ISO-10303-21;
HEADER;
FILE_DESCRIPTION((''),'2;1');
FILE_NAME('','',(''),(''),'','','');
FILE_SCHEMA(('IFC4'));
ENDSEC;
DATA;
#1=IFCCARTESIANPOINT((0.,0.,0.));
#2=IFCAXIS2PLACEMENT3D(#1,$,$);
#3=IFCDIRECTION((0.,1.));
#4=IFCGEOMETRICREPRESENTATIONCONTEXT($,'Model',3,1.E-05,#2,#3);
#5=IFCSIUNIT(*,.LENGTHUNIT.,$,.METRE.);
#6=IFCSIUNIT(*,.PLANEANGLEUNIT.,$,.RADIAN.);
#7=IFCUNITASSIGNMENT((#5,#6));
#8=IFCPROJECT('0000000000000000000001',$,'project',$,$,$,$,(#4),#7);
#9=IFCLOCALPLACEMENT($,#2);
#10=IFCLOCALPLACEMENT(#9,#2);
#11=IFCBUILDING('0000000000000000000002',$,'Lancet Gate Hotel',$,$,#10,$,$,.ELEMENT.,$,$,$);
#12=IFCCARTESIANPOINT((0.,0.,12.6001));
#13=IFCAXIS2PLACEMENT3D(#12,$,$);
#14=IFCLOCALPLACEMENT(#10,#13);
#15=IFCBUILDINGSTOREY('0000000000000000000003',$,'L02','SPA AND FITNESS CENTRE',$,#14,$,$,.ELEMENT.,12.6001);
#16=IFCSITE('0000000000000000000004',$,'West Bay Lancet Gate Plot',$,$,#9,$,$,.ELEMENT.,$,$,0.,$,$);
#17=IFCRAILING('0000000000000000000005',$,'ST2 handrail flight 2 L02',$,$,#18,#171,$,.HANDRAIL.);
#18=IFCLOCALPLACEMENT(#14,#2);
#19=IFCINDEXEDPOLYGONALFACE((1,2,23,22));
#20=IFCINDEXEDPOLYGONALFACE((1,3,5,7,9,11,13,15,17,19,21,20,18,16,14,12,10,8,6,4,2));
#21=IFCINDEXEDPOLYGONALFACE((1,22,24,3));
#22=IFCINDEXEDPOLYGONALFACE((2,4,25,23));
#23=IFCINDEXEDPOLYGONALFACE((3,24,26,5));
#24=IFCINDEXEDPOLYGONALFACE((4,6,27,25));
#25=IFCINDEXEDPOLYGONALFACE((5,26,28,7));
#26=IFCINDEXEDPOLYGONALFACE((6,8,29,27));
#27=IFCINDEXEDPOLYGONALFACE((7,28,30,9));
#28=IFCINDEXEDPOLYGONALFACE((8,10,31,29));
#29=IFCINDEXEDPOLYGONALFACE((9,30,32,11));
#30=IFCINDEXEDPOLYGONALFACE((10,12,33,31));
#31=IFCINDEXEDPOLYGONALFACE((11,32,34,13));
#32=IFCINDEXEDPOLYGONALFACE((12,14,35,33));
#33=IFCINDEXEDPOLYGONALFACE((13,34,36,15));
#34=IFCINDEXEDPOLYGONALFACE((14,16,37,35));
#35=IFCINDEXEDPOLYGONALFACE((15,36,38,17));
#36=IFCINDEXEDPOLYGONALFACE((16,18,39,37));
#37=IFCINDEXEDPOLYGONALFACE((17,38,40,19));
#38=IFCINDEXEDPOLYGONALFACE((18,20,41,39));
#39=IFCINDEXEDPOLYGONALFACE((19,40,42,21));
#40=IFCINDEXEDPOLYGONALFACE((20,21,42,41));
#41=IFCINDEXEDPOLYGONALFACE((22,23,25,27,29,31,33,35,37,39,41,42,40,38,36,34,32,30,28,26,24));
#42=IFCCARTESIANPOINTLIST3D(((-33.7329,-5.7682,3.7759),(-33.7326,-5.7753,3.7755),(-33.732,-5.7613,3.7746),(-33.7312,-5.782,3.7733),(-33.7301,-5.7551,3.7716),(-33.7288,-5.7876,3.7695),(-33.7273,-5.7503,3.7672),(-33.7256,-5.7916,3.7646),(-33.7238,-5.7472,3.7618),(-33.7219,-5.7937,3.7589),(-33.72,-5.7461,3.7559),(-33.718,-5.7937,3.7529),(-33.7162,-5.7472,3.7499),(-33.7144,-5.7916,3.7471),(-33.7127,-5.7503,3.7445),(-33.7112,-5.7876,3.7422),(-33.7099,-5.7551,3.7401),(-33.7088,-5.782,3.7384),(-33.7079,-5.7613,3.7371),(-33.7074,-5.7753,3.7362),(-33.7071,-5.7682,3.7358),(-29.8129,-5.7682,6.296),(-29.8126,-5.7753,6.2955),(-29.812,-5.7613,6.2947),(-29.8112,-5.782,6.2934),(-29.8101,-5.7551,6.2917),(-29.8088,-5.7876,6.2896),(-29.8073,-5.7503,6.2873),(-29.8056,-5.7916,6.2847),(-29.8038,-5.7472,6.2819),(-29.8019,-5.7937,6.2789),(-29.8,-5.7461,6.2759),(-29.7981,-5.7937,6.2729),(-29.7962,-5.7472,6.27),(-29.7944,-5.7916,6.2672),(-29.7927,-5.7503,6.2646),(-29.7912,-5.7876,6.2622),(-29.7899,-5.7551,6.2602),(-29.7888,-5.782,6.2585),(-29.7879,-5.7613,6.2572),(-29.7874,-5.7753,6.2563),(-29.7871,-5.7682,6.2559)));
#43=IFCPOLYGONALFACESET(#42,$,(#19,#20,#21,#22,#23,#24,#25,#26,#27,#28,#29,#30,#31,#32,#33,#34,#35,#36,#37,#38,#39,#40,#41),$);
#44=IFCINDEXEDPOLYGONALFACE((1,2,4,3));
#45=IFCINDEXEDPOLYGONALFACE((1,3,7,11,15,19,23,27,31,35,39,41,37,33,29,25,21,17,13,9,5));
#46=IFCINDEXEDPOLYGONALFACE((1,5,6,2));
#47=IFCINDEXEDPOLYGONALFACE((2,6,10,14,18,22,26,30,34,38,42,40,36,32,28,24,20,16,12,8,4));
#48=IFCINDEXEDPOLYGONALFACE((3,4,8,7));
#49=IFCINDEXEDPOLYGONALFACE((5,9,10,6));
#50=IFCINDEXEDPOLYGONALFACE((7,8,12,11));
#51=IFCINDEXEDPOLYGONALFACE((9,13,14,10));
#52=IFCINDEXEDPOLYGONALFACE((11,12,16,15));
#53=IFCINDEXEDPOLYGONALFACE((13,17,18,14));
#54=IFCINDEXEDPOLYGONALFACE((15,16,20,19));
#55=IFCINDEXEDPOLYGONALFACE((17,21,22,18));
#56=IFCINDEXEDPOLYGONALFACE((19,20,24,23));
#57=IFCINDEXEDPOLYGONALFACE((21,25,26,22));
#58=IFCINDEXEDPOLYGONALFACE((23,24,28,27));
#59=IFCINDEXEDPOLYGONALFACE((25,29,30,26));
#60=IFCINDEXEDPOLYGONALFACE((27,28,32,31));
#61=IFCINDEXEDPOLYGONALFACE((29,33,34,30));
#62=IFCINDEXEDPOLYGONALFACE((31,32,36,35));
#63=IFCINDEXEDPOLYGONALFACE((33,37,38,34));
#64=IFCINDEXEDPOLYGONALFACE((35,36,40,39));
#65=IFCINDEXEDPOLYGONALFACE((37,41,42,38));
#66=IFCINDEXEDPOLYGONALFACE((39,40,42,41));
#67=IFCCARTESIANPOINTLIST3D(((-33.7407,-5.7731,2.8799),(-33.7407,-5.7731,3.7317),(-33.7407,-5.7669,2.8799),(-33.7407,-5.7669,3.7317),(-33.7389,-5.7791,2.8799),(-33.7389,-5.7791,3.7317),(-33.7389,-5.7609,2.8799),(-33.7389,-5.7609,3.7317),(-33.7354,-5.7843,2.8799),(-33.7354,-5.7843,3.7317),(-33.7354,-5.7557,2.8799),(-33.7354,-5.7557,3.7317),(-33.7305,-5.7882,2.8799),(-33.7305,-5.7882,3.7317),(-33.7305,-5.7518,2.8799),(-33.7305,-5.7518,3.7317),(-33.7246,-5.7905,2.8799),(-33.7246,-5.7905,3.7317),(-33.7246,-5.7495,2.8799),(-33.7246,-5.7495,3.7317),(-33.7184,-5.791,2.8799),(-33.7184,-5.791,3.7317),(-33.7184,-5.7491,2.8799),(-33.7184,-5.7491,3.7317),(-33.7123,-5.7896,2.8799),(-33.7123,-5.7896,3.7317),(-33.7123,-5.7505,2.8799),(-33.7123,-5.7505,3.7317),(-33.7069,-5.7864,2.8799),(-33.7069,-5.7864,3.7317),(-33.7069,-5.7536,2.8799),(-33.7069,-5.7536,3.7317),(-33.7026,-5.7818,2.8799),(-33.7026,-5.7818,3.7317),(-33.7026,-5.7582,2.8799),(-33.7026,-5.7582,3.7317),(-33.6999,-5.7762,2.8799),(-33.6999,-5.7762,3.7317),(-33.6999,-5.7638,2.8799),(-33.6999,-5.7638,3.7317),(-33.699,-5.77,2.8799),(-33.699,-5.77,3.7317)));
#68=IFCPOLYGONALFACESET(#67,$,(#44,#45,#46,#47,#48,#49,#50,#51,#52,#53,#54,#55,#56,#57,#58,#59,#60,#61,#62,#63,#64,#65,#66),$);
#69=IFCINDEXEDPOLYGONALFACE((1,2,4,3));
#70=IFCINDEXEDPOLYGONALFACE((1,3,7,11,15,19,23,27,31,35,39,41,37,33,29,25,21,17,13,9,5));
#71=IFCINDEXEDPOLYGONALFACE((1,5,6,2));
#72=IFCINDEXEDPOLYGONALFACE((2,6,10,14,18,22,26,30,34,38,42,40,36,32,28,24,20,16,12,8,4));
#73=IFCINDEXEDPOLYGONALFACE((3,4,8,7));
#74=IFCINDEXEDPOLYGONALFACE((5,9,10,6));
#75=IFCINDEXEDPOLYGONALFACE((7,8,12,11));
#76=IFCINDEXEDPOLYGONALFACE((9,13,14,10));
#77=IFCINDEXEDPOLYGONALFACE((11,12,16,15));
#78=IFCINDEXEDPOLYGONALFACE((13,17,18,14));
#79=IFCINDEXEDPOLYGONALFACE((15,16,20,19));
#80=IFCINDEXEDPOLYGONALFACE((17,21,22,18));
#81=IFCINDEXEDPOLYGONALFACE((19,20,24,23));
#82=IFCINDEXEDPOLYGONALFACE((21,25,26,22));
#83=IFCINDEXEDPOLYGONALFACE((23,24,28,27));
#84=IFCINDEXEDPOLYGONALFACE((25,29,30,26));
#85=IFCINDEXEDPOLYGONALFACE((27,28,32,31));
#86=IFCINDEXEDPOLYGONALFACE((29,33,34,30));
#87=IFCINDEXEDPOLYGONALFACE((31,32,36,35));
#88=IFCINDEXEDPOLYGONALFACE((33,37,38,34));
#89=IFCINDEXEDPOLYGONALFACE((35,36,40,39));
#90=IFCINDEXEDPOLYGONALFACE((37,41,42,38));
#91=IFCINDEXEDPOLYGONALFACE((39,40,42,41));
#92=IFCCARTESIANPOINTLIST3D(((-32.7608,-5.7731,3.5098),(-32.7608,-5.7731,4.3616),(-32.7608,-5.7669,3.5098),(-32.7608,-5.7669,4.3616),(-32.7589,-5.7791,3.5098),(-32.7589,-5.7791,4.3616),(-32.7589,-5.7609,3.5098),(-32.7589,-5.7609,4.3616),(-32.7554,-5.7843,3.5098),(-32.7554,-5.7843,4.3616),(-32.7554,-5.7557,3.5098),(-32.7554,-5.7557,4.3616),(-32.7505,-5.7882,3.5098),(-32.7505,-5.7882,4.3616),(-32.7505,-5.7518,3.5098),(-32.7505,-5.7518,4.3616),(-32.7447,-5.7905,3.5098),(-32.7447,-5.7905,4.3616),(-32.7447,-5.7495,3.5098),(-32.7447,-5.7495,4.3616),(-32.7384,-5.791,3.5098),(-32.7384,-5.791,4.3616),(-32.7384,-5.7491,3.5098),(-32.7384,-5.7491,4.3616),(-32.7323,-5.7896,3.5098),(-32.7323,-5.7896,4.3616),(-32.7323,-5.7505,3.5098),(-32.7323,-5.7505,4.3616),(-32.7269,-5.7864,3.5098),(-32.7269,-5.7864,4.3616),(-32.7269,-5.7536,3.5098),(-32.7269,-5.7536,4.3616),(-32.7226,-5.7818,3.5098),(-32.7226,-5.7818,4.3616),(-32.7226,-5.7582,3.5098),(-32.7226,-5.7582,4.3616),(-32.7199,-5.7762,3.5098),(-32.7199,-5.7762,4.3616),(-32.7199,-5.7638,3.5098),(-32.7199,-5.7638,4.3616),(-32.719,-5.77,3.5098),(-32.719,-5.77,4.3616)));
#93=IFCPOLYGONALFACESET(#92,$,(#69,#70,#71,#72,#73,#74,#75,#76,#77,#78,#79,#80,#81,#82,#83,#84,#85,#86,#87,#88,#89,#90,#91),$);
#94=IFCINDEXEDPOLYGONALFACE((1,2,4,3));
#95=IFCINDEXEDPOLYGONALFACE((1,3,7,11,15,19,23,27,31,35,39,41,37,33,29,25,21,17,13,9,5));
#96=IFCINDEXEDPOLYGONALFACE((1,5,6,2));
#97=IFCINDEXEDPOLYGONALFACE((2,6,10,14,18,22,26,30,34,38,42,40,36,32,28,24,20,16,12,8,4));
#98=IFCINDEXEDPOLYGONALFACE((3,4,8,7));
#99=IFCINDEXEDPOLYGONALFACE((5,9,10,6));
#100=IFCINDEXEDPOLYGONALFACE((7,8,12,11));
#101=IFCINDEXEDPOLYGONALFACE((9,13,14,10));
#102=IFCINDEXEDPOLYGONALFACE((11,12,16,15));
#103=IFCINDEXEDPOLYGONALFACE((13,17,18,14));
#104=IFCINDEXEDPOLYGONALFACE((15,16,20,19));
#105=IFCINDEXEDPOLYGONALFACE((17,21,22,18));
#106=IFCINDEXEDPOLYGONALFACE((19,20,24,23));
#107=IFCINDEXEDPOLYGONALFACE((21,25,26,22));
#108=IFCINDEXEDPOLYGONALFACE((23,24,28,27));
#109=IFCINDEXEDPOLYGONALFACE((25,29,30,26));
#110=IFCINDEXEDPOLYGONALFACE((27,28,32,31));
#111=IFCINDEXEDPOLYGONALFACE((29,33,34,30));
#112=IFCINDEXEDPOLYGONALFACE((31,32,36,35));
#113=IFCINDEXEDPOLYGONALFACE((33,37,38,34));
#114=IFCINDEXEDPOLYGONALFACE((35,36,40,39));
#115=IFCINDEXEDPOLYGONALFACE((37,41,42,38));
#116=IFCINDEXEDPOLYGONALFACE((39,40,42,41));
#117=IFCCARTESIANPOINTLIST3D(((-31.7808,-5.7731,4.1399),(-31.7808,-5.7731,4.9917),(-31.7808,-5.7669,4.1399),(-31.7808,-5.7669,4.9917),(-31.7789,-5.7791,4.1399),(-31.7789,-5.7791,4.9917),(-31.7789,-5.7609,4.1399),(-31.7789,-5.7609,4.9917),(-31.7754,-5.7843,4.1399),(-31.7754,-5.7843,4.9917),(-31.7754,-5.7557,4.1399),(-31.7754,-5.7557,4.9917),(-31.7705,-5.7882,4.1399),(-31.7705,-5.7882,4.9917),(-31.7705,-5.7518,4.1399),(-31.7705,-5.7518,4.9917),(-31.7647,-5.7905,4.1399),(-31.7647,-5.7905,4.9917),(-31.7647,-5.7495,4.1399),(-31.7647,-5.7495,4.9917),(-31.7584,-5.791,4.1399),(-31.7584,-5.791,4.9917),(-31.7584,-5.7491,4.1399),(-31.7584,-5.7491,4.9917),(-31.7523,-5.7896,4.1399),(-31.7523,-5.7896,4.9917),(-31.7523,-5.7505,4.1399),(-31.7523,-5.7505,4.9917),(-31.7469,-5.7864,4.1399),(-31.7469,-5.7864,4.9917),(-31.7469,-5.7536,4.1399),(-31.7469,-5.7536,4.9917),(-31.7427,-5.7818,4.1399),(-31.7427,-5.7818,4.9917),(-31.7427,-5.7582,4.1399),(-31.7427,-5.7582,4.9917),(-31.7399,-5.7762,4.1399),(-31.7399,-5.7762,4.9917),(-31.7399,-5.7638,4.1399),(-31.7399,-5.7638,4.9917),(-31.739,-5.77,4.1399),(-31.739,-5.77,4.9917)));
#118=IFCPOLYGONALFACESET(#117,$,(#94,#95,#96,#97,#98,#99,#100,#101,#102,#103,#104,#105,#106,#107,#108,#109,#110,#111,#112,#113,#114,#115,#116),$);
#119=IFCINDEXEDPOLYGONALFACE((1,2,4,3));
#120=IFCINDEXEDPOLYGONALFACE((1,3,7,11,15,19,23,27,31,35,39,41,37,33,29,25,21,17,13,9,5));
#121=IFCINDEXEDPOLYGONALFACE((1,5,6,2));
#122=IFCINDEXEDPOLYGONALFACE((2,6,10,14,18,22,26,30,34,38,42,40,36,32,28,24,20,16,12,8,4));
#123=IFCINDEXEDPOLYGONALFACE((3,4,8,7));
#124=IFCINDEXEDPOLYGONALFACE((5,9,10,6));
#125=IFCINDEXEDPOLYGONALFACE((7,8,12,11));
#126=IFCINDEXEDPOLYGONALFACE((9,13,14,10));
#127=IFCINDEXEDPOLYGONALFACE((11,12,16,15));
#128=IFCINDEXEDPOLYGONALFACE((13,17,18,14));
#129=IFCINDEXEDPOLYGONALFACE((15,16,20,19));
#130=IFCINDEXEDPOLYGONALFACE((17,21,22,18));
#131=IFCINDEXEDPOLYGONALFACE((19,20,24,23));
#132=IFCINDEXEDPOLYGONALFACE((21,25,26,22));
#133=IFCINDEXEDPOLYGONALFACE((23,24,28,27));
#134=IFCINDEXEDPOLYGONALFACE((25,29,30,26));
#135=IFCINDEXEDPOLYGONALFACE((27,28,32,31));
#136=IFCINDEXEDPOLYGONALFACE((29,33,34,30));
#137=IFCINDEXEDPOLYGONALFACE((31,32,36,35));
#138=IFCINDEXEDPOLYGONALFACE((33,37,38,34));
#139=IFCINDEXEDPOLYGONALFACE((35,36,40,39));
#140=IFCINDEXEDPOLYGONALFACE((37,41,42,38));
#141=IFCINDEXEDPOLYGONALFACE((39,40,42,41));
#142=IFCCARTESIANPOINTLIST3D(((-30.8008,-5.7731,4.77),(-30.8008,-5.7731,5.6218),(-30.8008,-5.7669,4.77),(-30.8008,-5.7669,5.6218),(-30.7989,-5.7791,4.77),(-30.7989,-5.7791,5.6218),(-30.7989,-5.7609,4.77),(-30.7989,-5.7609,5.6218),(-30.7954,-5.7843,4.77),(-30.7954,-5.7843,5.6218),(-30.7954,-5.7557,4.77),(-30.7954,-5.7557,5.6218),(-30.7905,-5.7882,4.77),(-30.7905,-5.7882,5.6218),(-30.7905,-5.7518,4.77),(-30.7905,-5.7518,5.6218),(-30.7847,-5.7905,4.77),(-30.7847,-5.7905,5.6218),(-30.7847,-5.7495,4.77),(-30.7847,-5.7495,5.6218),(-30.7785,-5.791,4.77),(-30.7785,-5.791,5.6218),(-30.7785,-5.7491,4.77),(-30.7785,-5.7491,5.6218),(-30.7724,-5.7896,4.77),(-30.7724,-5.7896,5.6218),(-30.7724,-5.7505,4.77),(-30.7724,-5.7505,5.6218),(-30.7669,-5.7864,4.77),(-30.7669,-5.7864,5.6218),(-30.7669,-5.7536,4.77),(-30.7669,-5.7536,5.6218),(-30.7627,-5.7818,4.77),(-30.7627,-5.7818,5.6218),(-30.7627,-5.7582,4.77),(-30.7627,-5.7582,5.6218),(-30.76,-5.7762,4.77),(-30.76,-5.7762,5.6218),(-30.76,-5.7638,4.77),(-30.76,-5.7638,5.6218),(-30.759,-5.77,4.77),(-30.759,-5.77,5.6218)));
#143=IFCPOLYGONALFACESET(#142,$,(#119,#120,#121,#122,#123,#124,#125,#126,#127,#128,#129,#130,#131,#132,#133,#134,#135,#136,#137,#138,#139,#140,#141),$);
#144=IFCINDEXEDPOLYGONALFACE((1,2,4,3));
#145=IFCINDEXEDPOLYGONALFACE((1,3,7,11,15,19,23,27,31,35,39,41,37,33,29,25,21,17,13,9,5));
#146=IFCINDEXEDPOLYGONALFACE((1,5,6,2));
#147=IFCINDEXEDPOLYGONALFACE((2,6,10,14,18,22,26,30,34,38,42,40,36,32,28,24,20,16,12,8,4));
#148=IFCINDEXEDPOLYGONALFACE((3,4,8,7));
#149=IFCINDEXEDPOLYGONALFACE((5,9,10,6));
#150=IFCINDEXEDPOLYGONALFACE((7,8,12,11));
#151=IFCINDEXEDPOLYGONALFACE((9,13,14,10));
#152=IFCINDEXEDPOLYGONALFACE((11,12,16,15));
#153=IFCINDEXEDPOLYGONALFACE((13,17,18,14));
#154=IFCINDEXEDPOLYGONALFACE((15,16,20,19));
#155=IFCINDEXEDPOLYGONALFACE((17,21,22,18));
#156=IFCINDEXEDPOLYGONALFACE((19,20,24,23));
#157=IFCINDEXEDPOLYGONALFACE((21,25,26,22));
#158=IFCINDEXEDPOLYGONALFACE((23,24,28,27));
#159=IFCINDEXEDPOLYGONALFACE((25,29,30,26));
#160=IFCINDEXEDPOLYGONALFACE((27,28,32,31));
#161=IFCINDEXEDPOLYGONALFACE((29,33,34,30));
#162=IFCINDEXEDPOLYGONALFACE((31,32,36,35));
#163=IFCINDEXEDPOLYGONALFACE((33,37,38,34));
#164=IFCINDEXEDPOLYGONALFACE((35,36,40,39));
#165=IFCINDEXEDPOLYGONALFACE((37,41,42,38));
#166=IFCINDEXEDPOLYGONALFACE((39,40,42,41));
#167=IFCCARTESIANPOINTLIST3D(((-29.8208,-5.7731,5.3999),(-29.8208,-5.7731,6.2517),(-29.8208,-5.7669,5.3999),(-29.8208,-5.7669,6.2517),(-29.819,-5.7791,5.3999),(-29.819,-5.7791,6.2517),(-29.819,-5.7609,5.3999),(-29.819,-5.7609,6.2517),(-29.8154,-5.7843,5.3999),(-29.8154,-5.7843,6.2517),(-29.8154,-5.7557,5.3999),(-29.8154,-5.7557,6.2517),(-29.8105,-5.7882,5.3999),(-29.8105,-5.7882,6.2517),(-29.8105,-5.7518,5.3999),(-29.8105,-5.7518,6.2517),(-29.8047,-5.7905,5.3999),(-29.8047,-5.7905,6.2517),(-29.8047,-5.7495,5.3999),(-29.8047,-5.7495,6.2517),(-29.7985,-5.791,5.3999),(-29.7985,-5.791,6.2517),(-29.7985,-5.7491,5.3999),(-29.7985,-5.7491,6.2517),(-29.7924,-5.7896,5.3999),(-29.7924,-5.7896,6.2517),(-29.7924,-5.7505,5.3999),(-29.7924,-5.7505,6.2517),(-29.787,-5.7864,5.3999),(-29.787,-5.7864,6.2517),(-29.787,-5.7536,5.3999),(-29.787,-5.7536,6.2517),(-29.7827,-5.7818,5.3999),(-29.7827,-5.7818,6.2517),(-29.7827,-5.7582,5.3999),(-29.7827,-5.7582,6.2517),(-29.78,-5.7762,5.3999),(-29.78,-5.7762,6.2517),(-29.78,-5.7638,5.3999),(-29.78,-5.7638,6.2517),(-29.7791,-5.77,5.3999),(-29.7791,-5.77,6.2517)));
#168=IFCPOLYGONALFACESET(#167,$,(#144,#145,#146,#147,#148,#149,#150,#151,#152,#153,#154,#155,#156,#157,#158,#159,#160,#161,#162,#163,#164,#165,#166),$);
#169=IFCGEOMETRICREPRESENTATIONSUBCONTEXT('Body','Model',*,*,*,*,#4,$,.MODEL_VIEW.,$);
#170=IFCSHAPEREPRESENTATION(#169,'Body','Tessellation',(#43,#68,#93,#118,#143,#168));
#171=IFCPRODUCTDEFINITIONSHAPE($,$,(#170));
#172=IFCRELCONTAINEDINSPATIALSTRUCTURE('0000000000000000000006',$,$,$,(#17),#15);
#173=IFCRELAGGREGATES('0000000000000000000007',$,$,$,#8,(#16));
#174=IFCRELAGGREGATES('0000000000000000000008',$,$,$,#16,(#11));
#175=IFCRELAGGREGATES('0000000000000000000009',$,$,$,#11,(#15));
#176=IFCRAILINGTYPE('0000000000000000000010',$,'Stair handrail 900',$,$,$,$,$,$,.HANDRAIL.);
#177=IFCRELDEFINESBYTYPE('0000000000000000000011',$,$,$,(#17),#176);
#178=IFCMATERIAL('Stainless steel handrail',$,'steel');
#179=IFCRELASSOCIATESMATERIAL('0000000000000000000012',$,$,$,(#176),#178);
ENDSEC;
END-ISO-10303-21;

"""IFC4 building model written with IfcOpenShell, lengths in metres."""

from ifc_helpers import new_model, si_unit, direction, frame, origin, origin_2d, place, context, subcontext, project, spatial, circle, extrude, material, type_object, element, save


model = new_model("IFC4")

# Units and contexts
model_context = context("Model", 3, precision=1e-05, world=origin(), true_north=direction((0.0, 1.0)))
body_context = subcontext(model_context, "Body", "Model", "MODEL_VIEW")
ifc_project = project(units=[si_unit("LENGTHUNIT", "METRE"), si_unit("PLANEANGLEUNIT", "RADIAN")], contexts=[model_context])

# Site, building, storey
site_placement = place(None, origin())
site = spatial("IfcSite", under=ifc_project, at=site_placement, Name="West Bay Lancet Gate Plot", CompositionType="ELEMENT", RefElevation=0.0)
building_placement = place(site_placement, origin())
building = spatial("IfcBuilding", under=site, at=building_placement, Name="Lancet Gate Hotel", CompositionType="ELEMENT")
storey_placement = place(building_placement, frame((0.0, 0.0, 12.6001)))
storey = spatial("IfcBuildingStorey", under=building, at=storey_placement, Name="L02", Description="SPA AND FITNESS CENTRE", CompositionType="ELEMENT", Elevation=12.6001)

# Railing
ifc_material_1 = material(Name="Stainless steel handrail", Category="steel")
railing_type = type_object("IfcRailingType", Name="Stair handrail 900", PredefinedType="HANDRAIL", material=ifc_material_1)
railing_1_placement = place(storey_placement, frame((-33.72, -5.77, 2.8799)))
element("IfcRailing", 1, at=railing_1_placement, inside=storey, type_object=railing_type, Name="ST2 handrail flight 2 L02", PredefinedType="HANDRAIL", context=body_context, shape_type="SweptSolid", body=[
    extrude(circle(Radius=0.0239, at=origin_2d()), frame((0.0, 0.0, 0.876), z_axis=(0.841172, 0.0, 0.540768), x_axis=(0.0, 1.0, 0.0)), (0.0, 0.0, 1.0), 4.6602),
    extrude(circle(Radius=0.021, at=origin_2d()), origin(), (0.0, 0.0, 1.0), 0.8518),
    extrude(circle(Radius=0.021, at=origin_2d()), frame((0.98, 0.0, 0.6299)), (0.0, 0.0, 1.0), 0.8518),
    extrude(circle(Radius=0.021, at=origin_2d()), frame((1.96, 0.0, 1.26)), (0.0, 0.0, 1.0), 0.8518),
    extrude(circle(Radius=0.021, at=origin_2d()), frame((2.9399, 0.0, 1.8901)), (0.0, 0.0, 1.0), 0.8518),
    extrude(circle(Radius=0.021, at=origin_2d()), frame((3.9199, 0.0, 2.52)), (0.0, 0.0, 1.0), 0.8518),
])

save(model, "model.ifc")
